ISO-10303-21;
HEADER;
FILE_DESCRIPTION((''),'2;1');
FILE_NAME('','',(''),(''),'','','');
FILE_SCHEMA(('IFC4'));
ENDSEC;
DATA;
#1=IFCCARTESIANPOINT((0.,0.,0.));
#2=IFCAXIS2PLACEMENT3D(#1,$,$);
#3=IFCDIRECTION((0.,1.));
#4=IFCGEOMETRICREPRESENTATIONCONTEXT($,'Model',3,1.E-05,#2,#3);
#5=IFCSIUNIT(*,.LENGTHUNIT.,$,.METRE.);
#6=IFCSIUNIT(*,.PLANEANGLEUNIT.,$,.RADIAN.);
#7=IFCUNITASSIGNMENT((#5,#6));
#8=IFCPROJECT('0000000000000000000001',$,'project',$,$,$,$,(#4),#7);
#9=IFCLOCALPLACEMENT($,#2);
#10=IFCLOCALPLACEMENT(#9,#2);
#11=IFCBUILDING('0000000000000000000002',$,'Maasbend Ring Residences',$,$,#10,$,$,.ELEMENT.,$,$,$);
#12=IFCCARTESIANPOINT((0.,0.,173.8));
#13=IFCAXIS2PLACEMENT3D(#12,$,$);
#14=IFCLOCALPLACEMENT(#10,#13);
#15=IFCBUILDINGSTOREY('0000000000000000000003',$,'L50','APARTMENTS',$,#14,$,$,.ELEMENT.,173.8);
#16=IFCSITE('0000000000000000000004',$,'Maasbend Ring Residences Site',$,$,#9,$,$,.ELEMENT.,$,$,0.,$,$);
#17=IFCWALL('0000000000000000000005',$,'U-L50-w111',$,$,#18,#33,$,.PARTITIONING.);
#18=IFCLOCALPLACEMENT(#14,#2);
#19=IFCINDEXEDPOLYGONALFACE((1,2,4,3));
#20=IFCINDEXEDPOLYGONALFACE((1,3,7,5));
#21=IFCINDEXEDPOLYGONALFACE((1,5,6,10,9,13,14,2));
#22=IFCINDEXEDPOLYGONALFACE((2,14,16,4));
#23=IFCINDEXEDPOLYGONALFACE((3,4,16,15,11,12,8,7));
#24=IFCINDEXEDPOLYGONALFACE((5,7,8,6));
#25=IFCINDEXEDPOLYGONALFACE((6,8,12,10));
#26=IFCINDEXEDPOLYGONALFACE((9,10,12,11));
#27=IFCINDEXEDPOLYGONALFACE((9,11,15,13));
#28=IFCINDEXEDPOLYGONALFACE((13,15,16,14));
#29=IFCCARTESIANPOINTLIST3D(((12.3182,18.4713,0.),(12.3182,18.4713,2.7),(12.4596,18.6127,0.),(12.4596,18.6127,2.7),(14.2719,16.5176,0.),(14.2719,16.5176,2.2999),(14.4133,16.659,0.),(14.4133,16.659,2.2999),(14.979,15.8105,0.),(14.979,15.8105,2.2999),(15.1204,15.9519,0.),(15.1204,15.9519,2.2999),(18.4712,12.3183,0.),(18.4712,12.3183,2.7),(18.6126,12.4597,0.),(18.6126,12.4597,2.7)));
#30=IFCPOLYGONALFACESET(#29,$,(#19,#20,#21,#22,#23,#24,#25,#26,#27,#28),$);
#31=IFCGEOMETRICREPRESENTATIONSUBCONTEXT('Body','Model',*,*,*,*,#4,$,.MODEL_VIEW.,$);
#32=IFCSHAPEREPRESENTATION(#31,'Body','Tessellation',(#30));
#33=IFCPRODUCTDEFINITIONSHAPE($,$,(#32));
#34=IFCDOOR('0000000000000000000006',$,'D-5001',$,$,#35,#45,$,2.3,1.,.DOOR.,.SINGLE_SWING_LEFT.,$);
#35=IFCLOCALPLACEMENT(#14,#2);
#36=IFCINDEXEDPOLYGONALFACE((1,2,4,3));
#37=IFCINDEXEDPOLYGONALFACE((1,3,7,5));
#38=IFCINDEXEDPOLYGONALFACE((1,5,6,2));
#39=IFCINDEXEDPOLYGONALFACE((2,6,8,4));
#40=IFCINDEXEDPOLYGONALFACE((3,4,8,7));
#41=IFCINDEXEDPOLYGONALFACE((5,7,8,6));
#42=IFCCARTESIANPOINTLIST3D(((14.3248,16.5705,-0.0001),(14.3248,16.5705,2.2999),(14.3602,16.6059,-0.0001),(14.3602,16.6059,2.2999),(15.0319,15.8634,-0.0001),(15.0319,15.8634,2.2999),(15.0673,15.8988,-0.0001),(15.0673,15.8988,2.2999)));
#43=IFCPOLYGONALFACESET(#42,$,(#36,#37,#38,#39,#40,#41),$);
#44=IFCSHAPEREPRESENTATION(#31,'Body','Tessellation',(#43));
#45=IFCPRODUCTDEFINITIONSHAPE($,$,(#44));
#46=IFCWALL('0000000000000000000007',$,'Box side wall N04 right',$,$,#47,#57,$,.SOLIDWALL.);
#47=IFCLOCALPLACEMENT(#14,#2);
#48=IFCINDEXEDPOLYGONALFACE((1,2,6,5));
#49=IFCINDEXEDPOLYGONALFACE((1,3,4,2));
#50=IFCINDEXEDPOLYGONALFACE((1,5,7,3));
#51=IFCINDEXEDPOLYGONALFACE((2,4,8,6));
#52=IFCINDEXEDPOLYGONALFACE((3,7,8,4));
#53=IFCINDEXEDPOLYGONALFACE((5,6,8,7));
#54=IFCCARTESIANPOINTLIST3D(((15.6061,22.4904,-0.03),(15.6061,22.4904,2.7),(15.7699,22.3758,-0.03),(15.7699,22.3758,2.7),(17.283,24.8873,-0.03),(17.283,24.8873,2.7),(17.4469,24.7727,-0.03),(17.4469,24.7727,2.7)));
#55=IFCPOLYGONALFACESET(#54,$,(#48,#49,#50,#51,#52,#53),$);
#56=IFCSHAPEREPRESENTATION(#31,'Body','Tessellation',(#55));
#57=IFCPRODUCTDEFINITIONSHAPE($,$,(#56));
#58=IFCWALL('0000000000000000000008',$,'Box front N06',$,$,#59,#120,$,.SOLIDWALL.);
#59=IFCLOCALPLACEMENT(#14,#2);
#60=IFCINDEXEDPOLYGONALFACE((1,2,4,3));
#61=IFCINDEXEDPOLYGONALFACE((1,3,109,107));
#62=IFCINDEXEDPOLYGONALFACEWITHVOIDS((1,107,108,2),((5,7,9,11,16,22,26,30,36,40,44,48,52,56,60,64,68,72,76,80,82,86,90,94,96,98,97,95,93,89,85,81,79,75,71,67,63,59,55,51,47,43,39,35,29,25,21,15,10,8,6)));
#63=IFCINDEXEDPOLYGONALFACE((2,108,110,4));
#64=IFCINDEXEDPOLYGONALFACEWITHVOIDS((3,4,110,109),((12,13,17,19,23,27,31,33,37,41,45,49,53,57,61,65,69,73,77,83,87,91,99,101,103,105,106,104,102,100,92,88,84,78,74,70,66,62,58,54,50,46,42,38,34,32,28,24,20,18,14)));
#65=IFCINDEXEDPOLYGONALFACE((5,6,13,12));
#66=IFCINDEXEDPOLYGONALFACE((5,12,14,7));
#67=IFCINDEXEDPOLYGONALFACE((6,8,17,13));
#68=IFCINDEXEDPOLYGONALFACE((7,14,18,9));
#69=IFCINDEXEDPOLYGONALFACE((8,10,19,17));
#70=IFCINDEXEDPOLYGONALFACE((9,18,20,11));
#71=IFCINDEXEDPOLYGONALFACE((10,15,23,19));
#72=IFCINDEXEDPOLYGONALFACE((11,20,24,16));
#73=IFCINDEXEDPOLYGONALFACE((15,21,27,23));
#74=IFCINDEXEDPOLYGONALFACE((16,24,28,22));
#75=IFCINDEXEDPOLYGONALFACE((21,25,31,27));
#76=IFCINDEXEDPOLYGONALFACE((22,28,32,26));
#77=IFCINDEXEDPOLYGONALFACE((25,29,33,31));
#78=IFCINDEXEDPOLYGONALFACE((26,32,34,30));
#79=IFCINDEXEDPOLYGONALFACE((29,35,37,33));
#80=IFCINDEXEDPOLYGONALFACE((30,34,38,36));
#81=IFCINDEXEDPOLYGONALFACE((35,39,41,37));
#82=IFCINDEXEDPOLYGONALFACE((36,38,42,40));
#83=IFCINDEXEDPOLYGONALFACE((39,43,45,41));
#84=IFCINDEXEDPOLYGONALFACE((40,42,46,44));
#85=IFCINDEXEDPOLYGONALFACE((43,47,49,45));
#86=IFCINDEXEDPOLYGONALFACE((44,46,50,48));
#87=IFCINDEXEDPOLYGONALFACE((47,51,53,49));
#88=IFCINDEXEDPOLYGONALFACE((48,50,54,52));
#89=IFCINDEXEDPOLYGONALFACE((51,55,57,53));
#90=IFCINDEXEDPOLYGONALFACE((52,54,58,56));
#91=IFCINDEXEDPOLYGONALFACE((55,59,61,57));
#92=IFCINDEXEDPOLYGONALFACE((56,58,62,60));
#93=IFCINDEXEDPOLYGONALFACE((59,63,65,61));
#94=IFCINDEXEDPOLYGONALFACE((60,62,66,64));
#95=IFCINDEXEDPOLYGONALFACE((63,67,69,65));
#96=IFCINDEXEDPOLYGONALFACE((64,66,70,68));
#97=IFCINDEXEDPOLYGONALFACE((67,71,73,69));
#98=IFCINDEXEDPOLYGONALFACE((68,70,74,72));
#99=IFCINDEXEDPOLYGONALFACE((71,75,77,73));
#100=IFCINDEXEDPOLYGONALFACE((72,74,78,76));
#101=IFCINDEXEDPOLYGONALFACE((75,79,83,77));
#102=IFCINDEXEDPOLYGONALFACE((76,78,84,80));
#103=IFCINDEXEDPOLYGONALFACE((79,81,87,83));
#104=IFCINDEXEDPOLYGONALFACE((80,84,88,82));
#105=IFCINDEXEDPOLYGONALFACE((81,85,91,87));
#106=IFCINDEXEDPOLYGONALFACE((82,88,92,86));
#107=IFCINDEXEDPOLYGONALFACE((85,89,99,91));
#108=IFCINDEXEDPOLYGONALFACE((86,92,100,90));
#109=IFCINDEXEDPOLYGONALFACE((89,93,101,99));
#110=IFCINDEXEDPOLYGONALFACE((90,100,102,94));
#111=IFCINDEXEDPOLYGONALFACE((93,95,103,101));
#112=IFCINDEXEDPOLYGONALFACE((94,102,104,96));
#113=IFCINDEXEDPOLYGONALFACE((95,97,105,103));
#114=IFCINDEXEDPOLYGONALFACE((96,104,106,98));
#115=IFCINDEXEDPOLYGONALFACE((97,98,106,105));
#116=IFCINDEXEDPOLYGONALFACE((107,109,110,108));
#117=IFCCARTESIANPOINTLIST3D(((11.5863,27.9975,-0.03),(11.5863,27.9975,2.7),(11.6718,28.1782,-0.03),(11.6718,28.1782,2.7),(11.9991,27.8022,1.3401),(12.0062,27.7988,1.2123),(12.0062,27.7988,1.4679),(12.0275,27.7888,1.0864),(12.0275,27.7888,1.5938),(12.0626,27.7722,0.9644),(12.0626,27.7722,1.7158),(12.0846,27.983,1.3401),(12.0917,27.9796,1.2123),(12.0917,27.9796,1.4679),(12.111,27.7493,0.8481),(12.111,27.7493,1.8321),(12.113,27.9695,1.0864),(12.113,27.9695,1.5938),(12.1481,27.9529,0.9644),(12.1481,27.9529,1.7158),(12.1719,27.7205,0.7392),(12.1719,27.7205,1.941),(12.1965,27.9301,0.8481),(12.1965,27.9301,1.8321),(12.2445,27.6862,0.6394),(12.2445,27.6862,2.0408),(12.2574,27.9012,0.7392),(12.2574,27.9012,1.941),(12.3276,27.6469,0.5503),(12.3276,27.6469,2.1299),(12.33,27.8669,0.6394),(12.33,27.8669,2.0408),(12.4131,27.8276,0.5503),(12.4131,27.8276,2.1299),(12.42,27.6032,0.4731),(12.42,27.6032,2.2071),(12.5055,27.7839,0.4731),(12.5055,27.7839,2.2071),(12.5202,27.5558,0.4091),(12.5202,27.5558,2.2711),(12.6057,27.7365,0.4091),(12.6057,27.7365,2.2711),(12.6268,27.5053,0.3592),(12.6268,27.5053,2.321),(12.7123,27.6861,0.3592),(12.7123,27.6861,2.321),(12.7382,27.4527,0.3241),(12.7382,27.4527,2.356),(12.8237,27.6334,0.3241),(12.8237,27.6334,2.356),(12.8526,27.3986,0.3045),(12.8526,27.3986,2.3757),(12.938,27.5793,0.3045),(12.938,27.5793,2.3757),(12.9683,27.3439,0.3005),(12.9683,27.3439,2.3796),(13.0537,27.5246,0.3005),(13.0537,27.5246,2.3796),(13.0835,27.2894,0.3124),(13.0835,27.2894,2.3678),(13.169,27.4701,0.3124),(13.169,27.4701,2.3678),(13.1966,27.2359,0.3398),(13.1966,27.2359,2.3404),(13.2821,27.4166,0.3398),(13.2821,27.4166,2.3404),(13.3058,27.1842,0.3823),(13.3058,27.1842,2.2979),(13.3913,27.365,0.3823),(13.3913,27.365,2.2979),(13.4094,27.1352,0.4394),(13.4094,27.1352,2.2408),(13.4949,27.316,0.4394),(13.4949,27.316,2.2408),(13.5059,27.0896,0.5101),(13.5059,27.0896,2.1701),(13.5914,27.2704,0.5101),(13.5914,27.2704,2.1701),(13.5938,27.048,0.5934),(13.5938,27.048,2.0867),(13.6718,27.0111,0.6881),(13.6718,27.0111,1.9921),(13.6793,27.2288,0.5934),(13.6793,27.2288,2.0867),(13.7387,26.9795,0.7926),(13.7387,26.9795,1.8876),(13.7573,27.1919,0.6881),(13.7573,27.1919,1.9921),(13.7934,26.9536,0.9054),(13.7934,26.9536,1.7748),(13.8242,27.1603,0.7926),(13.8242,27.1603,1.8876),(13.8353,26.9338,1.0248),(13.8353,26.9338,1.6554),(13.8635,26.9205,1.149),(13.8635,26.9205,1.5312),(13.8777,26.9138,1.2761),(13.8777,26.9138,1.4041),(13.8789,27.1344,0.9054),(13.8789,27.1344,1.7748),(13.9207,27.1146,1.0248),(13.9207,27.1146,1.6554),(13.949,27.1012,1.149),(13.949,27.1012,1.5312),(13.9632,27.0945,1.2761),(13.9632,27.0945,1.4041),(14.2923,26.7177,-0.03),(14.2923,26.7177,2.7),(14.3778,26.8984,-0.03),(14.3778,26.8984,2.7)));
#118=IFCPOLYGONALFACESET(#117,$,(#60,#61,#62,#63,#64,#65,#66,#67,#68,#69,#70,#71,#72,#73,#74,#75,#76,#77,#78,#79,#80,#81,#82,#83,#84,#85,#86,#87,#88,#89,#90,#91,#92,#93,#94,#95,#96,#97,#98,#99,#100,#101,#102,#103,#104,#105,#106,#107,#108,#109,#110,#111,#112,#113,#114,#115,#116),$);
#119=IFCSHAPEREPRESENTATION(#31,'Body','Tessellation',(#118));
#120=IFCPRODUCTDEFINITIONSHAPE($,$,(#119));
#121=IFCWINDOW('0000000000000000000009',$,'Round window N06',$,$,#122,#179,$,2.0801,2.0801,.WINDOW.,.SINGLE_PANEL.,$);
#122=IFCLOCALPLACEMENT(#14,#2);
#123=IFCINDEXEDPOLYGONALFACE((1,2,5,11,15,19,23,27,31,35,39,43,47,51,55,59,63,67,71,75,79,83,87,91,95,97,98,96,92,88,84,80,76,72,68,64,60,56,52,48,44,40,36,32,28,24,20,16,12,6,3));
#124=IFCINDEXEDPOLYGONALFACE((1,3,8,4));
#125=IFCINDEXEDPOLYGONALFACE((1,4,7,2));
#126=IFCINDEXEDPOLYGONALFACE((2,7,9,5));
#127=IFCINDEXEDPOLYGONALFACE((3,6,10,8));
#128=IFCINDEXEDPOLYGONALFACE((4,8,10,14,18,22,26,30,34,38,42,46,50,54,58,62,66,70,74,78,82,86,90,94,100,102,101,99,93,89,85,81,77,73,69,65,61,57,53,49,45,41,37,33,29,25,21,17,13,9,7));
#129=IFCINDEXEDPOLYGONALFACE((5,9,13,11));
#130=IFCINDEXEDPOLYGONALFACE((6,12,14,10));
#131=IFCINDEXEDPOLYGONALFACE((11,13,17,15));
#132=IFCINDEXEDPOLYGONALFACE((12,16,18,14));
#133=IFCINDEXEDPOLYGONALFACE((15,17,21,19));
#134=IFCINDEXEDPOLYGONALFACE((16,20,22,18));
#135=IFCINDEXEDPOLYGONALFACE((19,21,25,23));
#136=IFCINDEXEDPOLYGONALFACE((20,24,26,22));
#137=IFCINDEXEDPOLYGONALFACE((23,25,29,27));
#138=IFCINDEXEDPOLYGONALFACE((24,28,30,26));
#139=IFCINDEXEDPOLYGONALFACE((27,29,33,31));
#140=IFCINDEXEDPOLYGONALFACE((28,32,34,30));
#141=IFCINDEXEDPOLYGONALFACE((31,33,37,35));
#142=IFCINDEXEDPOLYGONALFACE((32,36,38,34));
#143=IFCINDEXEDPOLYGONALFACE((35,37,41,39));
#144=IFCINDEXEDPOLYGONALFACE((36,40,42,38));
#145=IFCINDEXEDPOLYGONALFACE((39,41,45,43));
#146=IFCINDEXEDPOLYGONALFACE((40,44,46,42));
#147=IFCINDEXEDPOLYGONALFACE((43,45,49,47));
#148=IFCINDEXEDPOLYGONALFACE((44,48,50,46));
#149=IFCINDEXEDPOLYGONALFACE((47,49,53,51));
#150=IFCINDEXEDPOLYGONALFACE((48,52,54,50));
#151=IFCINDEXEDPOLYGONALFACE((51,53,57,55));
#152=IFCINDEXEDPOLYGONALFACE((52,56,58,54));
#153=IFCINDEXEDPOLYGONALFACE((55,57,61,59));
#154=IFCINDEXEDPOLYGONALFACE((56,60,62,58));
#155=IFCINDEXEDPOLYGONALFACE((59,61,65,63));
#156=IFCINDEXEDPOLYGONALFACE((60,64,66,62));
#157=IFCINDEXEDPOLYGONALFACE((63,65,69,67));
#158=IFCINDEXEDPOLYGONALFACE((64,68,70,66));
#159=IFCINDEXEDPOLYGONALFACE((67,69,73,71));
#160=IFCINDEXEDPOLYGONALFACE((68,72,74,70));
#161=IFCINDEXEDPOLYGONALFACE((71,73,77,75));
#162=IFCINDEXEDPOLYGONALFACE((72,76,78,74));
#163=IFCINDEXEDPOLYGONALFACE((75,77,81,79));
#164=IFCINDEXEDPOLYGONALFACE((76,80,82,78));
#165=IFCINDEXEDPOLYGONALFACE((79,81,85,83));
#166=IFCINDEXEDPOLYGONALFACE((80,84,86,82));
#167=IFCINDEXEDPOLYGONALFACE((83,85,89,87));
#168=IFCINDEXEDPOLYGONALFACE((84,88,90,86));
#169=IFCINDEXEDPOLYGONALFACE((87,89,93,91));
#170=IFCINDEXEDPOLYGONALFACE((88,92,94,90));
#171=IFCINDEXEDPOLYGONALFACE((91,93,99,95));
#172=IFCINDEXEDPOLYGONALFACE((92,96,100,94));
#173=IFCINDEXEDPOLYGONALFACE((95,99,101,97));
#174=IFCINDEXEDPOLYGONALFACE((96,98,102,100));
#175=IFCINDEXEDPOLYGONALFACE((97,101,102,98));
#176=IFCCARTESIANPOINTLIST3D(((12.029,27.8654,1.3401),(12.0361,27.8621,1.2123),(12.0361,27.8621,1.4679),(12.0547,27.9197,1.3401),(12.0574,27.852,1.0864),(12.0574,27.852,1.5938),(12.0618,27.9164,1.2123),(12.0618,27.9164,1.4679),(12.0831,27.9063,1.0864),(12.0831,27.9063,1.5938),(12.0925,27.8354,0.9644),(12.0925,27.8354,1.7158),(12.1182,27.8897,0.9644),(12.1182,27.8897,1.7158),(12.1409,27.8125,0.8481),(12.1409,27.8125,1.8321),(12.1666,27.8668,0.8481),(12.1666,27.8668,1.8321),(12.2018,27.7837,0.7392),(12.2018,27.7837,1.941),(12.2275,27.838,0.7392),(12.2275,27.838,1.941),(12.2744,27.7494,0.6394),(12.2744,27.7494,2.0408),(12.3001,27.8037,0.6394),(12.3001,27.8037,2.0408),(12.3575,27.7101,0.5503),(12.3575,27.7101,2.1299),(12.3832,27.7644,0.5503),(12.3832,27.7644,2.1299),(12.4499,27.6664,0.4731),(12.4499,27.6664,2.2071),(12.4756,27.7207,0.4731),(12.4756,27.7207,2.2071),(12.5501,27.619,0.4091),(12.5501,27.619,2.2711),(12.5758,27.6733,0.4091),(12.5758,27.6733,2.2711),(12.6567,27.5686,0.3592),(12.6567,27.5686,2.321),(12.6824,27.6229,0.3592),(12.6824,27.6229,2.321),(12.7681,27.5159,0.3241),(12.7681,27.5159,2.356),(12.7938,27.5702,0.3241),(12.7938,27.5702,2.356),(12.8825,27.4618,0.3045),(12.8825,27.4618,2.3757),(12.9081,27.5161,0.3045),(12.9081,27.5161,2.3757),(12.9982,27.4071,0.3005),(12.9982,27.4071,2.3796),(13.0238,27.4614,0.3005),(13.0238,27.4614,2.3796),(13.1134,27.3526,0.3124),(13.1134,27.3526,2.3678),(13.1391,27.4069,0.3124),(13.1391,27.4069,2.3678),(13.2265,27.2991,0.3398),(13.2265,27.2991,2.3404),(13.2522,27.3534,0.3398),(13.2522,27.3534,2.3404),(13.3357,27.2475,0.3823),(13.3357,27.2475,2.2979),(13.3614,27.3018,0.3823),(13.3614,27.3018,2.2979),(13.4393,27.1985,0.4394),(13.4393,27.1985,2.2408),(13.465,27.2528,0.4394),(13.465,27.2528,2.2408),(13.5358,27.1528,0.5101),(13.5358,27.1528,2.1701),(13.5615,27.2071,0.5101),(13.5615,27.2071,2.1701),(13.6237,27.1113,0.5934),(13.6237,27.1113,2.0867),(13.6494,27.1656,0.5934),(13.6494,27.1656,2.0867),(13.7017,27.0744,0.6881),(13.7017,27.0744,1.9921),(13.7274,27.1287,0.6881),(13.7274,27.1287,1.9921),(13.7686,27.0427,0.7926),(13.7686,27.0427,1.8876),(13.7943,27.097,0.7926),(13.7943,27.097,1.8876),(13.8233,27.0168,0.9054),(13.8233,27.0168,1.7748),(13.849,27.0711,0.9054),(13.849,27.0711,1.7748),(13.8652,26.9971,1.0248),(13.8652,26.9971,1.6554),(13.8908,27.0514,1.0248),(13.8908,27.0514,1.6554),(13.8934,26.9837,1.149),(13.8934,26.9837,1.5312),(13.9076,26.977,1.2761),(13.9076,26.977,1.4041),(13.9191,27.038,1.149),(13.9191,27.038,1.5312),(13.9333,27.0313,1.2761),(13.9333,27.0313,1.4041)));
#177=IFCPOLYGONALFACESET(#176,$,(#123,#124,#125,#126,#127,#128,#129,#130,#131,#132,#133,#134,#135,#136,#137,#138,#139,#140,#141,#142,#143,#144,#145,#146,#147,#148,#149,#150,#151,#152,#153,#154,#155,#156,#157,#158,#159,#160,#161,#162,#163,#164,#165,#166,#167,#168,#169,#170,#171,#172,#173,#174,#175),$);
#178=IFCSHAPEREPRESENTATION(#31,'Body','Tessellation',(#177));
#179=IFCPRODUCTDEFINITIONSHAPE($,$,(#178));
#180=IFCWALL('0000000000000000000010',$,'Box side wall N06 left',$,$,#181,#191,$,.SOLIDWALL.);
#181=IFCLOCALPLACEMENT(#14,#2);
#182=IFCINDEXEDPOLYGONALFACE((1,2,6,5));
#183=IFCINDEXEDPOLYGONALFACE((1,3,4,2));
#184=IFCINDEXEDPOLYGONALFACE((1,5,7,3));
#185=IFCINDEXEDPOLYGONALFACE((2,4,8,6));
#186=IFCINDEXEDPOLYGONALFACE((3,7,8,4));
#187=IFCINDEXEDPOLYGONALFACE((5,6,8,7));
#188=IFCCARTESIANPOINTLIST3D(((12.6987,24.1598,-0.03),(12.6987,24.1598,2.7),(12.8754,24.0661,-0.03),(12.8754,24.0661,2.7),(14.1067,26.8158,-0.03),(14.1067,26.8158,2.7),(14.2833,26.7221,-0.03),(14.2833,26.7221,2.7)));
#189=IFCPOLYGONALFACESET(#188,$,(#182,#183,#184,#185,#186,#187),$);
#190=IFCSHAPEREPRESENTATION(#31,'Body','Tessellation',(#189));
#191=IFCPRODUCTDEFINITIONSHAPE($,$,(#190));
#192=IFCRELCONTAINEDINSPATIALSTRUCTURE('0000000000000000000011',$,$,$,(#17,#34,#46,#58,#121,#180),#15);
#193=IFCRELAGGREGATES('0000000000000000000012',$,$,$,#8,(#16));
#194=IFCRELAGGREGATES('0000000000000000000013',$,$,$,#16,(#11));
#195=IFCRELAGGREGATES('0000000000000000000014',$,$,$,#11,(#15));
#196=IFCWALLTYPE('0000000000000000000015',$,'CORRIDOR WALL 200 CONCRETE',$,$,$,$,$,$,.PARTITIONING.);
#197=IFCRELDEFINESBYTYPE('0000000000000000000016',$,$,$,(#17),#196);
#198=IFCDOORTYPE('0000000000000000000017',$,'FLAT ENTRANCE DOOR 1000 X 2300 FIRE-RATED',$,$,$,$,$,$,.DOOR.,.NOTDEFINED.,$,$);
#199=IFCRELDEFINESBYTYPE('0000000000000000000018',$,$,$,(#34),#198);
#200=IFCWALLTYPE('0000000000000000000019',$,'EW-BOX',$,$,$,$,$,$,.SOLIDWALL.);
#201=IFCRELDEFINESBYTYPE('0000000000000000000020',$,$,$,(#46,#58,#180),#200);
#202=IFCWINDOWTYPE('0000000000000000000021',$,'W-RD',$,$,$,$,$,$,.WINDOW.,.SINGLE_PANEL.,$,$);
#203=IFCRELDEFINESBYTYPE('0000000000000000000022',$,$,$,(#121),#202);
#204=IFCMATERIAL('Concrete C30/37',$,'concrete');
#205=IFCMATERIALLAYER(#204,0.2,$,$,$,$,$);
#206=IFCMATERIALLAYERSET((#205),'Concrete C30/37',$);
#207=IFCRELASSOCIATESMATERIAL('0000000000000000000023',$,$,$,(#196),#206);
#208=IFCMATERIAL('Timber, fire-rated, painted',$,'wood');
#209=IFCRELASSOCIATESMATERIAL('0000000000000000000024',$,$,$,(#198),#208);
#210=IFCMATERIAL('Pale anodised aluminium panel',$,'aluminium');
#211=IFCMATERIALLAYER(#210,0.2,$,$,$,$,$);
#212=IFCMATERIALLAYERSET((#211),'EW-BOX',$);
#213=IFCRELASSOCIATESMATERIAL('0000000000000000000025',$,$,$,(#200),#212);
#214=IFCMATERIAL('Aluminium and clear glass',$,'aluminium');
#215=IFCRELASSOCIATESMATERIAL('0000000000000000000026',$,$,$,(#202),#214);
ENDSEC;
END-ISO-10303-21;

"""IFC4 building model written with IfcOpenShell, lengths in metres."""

from ifc_helpers import new_model, si_unit, direction, frame, frame_2d, origin, place, context, subcontext, project, spatial, rectangle, circle, extrude, material, layer, layer_set, type_object, element, fill, save


model = new_model("IFC4")

# Units and contexts
model_context = context("Model", 3, precision=1e-05, world=origin(), true_north=direction((0.0, 1.0)))
body_context = subcontext(model_context, "Body", "Model", "MODEL_VIEW")
ifc_project = project(units=[si_unit("LENGTHUNIT", "METRE"), si_unit("PLANEANGLEUNIT", "RADIAN")], contexts=[model_context])

# Site, building, storey
site_placement = place(None, origin())
site = spatial("IfcSite", under=ifc_project, at=site_placement, Name="Maasbend Ring Residences Site", CompositionType="ELEMENT", RefElevation=0.0)
building_placement = place(site_placement, origin())
building = spatial("IfcBuilding", under=site, at=building_placement, Name="Maasbend Ring Residences", CompositionType="ELEMENT")
storey_placement = place(building_placement, frame((0.0, 0.0, 173.8)))
storey = spatial("IfcBuildingStorey", under=building, at=storey_placement, Name="L50", Description="APARTMENTS", CompositionType="ELEMENT", Elevation=173.8)

# Wall, opening, door
ifc_material_1 = material(Name="Concrete C30/37", Category="concrete")
ifc_layer_1 = layer(ifc_material_1, 0.2)
ifc_layer_set_1 = layer_set([ifc_layer_1], Name="Concrete C30/37")
wall_type_1 = type_object("IfcWallType", Name="CORRIDOR WALL 200 CONCRETE", PredefinedType="PARTITIONING", material=ifc_layer_set_1)
wall_1_placement = place(storey_placement, frame((12.3889, 18.542, 0.0), z_axis=(0.0, 0.0, 1.0), x_axis=(0.707107, -0.707107, 0.0)))
wall_1 = element("IfcWall", 1, at=wall_1_placement, inside=storey, type_object=wall_type_1, Name="U-L50-w111", PredefinedType="PARTITIONING", context=body_context, shape_type="SweptSolid", body=[
    extrude(rectangle(XDim=8.7017, YDim=0.2, at=frame_2d((4.3508, 0.0))), origin(), (0.0, 0.0, 1.0), 2.7),
])
opening_1_placement = place(wall_1_placement, frame((2.7629, 0.0, 0.0)))
opening_1 = element("IfcOpeningElement", 2, at=opening_1_placement, cuts=wall_1, PredefinedType="OPENING", context=body_context, shape_type="SweptSolid", body=[
    extrude(rectangle(XDim=1.0, YDim=2.3, at=frame_2d((0.5, 1.1499))), frame((0.0, 0.1099, 0.0), z_axis=(0.0, -1.0, 0.0), x_axis=(1.0, 0.0, 0.0)), (0.0, 0.0, 1.0), 0.22),
])
ifc_material_2 = material(Name="Timber, fire-rated, painted", Category="wood")
door_type_1 = type_object("IfcDoorType", Name="FLAT ENTRANCE DOOR 1000 X 2300 FIRE-RATED", OperationType="NOTDEFINED", PredefinedType="DOOR", material=ifc_material_2)
door_1_placement = place(opening_1_placement, origin())
door_1 = element("IfcDoor", 3, at=door_1_placement, inside=storey, type_object=door_type_1, Name="D-5001", OperationType="SINGLE_SWING_LEFT", OverallHeight=2.3, OverallWidth=1.0, PredefinedType="DOOR", context=body_context, shape_type="SweptSolid", body=[
    extrude(rectangle(XDim=1.0, YDim=2.3, at=frame_2d((0.5, 1.1499))), frame((0.0, 0.0249, 0.0), z_axis=(0.0, -1.0, 0.0), x_axis=(1.0, 0.0, 0.0)), (0.0, 0.0, 1.0), 0.05),
])
fill(opening_1, door_1)

# Wall
ifc_material_3 = material(Name="Pale anodised aluminium panel", Category="aluminium")
ifc_layer_2 = layer(ifc_material_3, 0.2)
ifc_layer_set_2 = layer_set([ifc_layer_2], Name="EW-BOX")
wall_type_2 = type_object("IfcWallType", Name="EW-BOX", PredefinedType="SOLIDWALL", material=ifc_layer_set_2)
wall_2_placement = place(storey_placement, frame((15.688, 22.4331, -0.03), z_axis=(0.0, 0.0, 1.0), x_axis=(0.573261, 0.819373, 0.0)))
element("IfcWall", 4, at=wall_2_placement, inside=storey, type_object=wall_type_2, Name="Box side wall N04 right", PredefinedType="SOLIDWALL", context=body_context, shape_type="SweptSolid", body=[
    extrude(rectangle(XDim=2.9253, YDim=0.2, at=frame_2d((1.4626, 0.0))), origin(), (0.0, 0.0, 1.0), 2.73),
])

# Wall, opening, window
wall_3_placement = place(storey_placement, frame((14.335, 26.8081, -0.03), z_axis=(0.0, 0.0, 1.0), x_axis=(-0.904, 0.427532, 0.0)))
wall_3 = element("IfcWall", 5, at=wall_3_placement, inside=storey, type_object=wall_type_2, Name="Box front N06", PredefinedType="SOLIDWALL", context=body_context, shape_type="SweptSolid", body=[
    extrude(rectangle(XDim=2.9934, YDim=0.2, at=frame_2d((1.4966, 0.0))), origin(), (0.0, 0.0, 1.0), 2.73),
])
opening_2_placement = place(wall_3_placement, frame((0.4565, 0.0, 0.3301)))
opening_2 = element("IfcOpeningElement", 6, at=opening_2_placement, cuts=wall_3, PredefinedType="OPENING", context=body_context, shape_type="SweptSolid", body=[
    extrude(circle(Radius=1.04, at=frame_2d((1.04, 1.04))), frame((0.0, 0.1099, 0.0), z_axis=(0.0, -1.0, 0.0), x_axis=(1.0, 0.0, 0.0)), (0.0, 0.0, 1.0), 0.22),
])
ifc_material_4 = material(Name="Aluminium and clear glass", Category="aluminium")
window_type_1 = type_object("IfcWindowType", Name="W-RD", PartitioningType="SINGLE_PANEL", PredefinedType="WINDOW", material=ifc_material_4)
window_1_placement = place(opening_2_placement, origin())
window_1 = element("IfcWindow", 7, at=window_1_placement, inside=storey, type_object=window_type_1, Name="Round window N06", OverallHeight=2.0801, OverallWidth=2.0801, PartitioningType="SINGLE_PANEL", PredefinedType="WINDOW", context=body_context, shape_type="SweptSolid", body=[
    extrude(circle(Radius=1.04, at=frame_2d((1.04, 1.04))), frame((0.0, 0.03, 0.0), z_axis=(0.0, -1.0, 0.0), x_axis=(1.0, 0.0, 0.0)), (0.0, 0.0, 1.0), 0.0601),
])
fill(opening_2, window_1)

# Wall
wall_4_placement = place(storey_placement, frame((12.7871, 24.113, -0.03), z_axis=(0.0, 0.0, 1.0), x_axis=(0.468365, 0.883535, 0.0)))
element("IfcWall", 8, at=wall_4_placement, inside=storey, type_object=wall_type_2, Name="Box side wall N06 left", PredefinedType="SOLIDWALL", context=body_context, shape_type="SweptSolid", body=[
    extrude(rectangle(XDim=3.0061, YDim=0.2, at=frame_2d((1.5029, 0.0))), origin(), (0.0, 0.0, 1.0), 2.73),
])

save(model, "model.ifc")
